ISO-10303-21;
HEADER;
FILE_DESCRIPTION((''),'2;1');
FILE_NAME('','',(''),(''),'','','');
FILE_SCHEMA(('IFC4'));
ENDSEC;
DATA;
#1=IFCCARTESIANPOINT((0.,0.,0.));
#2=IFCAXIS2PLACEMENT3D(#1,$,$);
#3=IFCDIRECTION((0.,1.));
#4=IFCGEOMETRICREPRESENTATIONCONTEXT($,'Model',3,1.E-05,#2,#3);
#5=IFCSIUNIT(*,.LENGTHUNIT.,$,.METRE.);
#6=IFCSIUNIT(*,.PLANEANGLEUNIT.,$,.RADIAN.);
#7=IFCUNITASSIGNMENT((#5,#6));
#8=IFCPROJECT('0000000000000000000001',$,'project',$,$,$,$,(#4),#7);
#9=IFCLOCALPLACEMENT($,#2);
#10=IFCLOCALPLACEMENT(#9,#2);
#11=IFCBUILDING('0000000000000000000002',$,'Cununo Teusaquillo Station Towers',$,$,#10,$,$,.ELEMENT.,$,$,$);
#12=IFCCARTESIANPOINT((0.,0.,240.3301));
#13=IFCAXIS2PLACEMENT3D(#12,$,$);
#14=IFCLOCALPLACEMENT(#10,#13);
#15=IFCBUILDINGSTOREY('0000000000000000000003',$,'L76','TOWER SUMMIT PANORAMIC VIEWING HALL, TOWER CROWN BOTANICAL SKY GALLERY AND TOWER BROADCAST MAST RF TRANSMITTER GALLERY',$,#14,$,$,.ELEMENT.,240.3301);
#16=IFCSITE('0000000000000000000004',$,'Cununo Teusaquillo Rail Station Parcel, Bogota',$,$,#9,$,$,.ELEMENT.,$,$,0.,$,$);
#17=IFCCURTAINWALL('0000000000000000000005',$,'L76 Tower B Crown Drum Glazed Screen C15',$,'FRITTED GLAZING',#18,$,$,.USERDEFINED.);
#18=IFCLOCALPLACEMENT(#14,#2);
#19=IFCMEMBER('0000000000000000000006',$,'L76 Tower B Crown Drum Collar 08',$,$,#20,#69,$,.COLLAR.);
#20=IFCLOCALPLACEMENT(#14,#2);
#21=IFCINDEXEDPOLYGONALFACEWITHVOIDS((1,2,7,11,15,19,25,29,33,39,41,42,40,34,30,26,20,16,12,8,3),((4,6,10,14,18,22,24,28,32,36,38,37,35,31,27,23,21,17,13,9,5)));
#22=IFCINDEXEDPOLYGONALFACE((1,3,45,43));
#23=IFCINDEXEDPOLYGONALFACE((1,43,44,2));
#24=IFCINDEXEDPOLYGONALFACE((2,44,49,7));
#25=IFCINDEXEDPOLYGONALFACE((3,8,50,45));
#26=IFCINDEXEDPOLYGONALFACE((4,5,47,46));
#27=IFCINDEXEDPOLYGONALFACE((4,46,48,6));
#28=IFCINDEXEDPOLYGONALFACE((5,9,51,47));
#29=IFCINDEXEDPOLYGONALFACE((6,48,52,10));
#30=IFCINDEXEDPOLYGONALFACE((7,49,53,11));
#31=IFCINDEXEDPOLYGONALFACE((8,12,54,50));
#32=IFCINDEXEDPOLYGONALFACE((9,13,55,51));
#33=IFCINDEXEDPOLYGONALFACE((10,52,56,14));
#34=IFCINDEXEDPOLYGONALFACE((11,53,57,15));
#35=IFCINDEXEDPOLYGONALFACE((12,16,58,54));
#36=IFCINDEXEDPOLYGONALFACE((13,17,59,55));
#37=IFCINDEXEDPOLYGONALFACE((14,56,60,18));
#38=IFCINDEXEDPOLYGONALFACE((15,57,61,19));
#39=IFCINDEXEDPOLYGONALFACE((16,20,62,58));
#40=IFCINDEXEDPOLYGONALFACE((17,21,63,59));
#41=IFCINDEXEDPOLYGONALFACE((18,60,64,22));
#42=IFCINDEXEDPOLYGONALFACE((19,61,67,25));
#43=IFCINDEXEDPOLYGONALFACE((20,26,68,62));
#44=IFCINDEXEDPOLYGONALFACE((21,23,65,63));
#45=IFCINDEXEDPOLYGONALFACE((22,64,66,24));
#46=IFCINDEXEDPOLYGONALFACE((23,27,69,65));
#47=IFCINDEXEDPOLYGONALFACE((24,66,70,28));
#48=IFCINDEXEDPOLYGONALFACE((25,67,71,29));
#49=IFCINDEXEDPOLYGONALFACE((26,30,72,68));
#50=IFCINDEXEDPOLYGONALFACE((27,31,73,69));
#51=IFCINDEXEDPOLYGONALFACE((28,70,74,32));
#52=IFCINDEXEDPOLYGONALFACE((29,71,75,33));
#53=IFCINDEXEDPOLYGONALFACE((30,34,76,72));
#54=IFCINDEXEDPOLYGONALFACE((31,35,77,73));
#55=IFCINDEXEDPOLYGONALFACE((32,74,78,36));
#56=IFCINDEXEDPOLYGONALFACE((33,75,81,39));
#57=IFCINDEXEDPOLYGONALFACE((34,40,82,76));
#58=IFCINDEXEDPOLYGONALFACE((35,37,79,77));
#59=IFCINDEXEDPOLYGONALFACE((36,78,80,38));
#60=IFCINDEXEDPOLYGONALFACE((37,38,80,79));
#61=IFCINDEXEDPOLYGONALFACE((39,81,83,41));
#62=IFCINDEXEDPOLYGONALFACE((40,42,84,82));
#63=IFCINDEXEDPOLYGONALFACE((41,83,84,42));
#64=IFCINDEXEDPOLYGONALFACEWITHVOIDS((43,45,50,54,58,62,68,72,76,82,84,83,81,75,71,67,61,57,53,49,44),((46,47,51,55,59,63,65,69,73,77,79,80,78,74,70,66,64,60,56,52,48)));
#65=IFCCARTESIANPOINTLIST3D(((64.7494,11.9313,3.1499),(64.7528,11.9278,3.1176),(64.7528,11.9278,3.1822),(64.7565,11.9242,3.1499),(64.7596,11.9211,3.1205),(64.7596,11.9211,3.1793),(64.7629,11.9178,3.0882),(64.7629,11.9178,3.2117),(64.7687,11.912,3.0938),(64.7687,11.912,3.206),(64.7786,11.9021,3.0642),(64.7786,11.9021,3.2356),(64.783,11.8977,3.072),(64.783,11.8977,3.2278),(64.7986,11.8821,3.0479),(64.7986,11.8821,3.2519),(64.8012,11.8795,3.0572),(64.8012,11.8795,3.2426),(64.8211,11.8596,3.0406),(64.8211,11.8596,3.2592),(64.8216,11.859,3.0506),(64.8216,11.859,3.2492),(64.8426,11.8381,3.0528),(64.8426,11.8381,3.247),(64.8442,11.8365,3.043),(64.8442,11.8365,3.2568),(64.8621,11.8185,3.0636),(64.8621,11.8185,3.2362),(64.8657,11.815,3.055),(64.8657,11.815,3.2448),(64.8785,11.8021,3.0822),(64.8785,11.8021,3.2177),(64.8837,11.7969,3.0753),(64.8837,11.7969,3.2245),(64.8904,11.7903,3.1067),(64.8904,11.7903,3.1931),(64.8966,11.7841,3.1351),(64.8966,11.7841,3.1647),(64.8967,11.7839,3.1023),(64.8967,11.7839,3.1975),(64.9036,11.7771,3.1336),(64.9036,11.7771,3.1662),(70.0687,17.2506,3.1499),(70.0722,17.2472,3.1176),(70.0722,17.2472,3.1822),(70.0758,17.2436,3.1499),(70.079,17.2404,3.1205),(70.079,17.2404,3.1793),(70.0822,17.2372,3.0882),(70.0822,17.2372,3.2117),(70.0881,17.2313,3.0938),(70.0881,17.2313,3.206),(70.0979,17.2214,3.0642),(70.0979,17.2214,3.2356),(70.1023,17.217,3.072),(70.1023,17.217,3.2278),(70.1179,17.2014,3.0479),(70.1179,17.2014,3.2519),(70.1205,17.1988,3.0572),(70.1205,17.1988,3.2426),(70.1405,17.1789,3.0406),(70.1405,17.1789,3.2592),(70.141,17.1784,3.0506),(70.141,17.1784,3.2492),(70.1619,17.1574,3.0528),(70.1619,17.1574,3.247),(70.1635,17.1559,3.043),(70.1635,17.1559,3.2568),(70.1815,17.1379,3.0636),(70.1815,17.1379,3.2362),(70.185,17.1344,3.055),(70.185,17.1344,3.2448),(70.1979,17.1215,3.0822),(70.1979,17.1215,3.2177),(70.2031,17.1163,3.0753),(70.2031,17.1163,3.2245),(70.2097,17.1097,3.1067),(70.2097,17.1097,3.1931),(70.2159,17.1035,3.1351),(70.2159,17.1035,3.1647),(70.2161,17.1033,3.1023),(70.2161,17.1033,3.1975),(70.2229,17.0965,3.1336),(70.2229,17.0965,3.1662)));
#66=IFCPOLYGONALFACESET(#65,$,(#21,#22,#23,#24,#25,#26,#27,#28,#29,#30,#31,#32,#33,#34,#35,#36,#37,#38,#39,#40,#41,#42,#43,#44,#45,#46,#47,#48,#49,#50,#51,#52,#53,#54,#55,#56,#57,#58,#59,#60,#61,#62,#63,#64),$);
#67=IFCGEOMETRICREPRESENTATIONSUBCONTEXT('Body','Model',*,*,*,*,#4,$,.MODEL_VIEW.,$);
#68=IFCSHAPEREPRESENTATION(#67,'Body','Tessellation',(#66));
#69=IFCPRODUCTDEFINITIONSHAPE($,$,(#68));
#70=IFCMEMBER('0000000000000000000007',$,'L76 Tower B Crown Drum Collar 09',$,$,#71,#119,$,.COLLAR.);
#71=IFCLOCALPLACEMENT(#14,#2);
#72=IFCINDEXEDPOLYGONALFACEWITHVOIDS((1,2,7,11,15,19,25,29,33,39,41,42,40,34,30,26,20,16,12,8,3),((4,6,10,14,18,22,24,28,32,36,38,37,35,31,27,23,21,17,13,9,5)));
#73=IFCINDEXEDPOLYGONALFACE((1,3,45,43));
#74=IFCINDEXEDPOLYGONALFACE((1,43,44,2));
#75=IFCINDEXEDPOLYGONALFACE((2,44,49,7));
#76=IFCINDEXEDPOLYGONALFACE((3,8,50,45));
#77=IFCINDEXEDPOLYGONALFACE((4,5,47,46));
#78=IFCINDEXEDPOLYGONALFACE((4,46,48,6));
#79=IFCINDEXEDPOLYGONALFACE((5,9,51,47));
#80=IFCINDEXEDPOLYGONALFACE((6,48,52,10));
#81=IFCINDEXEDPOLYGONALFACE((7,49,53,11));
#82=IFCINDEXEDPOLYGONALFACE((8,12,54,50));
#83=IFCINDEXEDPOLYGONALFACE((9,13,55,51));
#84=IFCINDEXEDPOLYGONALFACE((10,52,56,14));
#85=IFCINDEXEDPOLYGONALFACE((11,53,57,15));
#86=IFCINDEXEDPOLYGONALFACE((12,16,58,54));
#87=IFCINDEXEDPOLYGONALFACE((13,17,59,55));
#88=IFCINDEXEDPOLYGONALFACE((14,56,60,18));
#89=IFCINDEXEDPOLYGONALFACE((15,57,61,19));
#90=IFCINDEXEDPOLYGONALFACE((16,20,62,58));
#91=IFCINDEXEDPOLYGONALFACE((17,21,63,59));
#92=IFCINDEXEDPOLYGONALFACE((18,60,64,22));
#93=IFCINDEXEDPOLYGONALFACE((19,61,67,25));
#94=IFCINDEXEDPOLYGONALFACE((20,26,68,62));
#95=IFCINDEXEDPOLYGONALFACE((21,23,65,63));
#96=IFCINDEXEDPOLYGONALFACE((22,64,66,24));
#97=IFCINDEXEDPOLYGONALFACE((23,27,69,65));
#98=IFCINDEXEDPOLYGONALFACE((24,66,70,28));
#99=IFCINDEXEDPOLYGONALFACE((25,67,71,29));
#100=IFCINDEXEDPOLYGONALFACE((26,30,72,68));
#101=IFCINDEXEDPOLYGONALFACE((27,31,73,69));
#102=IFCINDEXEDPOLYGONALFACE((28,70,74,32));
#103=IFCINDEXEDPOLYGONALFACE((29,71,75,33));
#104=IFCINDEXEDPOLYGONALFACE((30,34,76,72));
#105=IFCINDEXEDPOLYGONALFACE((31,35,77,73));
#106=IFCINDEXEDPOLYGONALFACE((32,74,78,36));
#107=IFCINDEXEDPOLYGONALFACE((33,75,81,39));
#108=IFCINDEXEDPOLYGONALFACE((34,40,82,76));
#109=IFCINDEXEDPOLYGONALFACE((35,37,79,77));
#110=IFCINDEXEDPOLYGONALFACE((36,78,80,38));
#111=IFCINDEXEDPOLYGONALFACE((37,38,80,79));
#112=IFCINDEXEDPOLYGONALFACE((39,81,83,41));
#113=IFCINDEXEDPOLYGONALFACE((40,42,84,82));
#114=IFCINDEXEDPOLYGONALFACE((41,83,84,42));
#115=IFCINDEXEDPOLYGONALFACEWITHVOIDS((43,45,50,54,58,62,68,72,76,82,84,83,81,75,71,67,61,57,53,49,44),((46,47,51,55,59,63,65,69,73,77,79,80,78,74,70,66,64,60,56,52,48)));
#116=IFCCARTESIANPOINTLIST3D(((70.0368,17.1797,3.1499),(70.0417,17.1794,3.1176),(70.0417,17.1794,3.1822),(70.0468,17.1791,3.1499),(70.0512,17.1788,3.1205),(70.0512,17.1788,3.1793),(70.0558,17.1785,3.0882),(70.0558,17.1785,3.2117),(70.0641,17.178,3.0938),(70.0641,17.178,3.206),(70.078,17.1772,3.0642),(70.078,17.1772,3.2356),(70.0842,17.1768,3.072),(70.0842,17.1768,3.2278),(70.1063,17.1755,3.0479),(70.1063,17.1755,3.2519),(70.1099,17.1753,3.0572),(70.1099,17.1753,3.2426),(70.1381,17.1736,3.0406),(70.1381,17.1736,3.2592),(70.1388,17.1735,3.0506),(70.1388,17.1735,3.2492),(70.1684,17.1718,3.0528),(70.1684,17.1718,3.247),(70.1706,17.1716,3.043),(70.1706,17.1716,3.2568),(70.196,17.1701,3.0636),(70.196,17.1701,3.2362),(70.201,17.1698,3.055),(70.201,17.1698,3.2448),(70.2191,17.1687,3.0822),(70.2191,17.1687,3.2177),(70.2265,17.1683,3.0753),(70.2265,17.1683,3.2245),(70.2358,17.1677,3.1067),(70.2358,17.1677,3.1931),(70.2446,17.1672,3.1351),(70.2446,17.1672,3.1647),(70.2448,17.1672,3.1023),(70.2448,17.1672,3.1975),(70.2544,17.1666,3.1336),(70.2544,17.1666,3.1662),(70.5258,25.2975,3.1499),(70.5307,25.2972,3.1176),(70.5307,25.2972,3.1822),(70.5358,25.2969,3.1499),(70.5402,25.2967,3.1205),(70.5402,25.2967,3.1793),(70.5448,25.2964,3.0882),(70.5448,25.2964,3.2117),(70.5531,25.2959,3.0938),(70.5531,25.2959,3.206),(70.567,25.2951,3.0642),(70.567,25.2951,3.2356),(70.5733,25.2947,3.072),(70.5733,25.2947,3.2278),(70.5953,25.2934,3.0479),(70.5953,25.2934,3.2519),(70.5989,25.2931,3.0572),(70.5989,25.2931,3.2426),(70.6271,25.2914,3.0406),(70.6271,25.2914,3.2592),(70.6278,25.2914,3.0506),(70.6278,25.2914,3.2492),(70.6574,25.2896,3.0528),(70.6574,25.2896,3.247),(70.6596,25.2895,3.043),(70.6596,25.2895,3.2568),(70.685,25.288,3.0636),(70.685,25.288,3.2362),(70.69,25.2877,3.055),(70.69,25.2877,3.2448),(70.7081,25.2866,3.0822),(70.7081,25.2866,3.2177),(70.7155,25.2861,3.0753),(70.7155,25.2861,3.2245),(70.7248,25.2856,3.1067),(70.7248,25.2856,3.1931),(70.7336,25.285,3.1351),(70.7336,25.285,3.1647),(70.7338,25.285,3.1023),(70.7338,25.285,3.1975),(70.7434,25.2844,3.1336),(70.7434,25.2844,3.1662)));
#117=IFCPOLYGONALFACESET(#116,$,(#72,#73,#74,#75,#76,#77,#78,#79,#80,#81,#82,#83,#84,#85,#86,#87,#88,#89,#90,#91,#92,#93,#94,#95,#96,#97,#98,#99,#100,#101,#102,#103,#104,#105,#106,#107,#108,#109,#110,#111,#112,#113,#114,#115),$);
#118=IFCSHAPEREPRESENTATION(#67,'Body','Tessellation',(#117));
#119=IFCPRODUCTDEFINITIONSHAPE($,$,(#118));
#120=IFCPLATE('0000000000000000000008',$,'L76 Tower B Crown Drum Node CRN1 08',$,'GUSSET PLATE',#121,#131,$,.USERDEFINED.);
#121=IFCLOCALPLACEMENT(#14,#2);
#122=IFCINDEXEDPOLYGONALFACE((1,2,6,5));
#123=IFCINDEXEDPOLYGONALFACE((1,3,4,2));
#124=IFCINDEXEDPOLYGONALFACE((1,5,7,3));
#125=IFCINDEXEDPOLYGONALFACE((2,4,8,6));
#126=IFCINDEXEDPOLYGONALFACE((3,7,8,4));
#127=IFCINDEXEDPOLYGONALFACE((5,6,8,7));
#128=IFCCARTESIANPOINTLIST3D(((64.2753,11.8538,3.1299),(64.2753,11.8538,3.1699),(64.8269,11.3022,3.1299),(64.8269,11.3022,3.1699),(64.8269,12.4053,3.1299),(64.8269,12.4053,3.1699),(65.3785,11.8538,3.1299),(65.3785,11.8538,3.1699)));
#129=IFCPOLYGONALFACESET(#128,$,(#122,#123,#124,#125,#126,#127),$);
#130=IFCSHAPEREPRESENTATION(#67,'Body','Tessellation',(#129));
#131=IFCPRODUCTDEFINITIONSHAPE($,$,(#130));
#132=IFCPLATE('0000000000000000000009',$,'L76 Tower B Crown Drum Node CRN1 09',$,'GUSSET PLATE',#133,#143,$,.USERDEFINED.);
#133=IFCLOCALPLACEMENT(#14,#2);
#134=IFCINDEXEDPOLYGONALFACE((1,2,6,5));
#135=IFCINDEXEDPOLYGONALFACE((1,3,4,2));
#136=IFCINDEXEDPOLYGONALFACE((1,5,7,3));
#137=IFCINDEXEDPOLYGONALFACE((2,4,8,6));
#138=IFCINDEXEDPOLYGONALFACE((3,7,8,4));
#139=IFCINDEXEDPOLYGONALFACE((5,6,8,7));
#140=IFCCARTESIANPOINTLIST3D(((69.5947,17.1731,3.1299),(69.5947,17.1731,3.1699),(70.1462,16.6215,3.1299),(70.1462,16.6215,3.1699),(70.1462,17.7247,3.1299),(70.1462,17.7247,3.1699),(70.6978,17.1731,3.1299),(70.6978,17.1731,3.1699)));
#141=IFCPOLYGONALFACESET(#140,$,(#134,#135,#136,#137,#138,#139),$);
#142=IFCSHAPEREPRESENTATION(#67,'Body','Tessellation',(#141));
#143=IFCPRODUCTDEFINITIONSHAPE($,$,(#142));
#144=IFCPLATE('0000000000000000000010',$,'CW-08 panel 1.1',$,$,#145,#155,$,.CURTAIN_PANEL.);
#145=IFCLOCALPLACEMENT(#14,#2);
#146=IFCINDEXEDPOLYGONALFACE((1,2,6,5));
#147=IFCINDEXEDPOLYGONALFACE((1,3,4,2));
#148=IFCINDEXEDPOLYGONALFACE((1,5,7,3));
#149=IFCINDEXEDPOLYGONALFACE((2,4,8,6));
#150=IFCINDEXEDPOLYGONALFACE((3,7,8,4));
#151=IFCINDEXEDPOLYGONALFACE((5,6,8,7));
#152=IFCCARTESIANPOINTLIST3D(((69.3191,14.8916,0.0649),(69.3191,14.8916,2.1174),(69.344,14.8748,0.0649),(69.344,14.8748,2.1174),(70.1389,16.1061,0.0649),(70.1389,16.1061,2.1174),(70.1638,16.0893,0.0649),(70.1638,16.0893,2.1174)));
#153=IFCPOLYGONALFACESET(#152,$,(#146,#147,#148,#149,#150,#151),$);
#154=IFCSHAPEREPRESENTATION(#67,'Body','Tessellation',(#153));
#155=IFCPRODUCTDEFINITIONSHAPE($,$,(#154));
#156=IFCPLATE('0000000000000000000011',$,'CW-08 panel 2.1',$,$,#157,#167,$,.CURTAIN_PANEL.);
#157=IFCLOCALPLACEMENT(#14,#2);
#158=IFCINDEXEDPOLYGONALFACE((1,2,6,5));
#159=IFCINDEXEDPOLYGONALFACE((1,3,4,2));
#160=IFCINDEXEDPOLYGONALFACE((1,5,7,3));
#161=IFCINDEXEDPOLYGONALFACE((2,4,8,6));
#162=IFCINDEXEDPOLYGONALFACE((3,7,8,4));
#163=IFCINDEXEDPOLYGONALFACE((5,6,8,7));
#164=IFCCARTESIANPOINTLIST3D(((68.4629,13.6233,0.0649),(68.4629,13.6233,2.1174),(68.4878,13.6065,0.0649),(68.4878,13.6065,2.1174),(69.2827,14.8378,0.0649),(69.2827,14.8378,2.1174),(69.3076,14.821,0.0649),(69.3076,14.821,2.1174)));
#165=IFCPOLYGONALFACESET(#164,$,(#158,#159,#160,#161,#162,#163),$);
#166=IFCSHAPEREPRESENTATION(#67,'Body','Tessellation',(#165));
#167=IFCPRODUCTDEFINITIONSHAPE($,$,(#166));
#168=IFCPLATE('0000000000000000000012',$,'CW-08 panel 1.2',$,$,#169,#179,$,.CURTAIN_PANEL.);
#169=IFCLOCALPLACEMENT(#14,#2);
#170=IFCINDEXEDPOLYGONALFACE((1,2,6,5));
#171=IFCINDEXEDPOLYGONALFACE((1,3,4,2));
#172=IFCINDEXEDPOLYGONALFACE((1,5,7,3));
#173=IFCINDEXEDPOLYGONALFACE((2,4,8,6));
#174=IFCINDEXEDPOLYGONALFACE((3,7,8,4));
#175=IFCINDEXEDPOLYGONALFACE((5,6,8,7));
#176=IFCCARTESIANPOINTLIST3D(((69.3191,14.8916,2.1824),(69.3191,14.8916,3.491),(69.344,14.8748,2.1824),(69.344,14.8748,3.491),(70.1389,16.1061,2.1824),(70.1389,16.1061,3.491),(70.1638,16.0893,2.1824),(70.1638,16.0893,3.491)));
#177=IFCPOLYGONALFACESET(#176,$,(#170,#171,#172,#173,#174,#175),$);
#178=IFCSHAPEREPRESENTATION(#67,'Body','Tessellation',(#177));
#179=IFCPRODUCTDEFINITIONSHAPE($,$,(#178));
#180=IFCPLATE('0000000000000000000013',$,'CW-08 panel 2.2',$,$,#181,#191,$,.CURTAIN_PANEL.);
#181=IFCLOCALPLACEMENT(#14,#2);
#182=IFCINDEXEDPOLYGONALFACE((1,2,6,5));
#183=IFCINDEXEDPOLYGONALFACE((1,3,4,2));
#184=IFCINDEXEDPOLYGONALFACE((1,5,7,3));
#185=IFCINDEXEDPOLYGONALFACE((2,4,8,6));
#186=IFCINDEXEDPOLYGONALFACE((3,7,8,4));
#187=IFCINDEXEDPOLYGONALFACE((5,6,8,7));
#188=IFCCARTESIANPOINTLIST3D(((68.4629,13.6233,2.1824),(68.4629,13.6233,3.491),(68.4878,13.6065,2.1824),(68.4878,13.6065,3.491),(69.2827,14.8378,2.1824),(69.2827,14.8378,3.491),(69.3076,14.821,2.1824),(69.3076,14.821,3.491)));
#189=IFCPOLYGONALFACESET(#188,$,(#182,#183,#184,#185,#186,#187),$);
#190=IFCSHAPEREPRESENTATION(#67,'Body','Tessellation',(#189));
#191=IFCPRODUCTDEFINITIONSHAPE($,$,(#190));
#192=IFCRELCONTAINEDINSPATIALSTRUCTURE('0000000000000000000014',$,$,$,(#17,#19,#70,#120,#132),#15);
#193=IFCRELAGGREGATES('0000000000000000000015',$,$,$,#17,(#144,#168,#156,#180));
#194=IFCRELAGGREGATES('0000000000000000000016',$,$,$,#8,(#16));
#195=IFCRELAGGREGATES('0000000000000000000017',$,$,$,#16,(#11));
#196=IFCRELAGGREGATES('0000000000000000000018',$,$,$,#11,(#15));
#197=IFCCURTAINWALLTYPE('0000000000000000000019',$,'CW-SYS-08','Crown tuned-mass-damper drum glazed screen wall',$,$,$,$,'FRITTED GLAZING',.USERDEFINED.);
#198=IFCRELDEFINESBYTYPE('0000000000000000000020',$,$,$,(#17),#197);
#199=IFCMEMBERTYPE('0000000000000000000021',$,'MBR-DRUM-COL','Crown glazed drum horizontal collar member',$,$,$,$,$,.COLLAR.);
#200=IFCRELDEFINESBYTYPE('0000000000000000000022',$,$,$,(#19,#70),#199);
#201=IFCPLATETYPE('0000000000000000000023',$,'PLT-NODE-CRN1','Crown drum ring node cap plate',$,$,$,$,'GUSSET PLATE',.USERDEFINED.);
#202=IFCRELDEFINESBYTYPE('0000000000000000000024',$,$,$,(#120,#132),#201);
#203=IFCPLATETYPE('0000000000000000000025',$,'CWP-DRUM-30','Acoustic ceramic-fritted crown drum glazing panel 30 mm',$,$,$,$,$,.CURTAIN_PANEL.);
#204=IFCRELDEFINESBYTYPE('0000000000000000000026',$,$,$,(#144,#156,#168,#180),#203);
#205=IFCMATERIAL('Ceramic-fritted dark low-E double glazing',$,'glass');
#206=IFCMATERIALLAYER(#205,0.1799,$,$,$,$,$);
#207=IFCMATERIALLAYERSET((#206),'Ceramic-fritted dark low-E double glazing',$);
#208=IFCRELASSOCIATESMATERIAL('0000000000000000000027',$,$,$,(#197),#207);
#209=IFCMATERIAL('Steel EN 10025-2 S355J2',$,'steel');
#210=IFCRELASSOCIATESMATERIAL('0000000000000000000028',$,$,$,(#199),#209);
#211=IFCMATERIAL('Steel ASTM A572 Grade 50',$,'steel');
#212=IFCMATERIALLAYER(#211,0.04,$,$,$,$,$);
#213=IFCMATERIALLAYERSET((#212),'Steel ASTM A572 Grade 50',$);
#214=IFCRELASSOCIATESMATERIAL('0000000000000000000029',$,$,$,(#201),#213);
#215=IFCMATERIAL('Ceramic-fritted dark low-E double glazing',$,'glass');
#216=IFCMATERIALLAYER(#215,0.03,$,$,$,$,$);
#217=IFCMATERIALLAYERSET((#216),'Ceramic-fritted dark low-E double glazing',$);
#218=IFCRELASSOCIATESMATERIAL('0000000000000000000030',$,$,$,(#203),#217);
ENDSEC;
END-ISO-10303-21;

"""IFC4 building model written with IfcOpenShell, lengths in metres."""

from ifc_helpers import new_model, si_unit, direction, frame, origin, origin_2d, place, context, subcontext, project, spatial, rectangle, hollow_circle, extrude, source, transform, mapped, material, layer, layer_set, material_profile, profile_set, type_object, element, aggregate, save


model = new_model("IFC4")

# Units and contexts
model_context = context("Model", 3, precision=1e-05, world=origin(), true_north=direction((0.0, 1.0)))
body_context = subcontext(model_context, "Body", "Model", "MODEL_VIEW")
ifc_project = project(units=[si_unit("LENGTHUNIT", "METRE"), si_unit("PLANEANGLEUNIT", "RADIAN")], contexts=[model_context])

# Site, building, storey
site_placement = place(None, origin())
site = spatial("IfcSite", under=ifc_project, at=site_placement, Name="Cununo Teusaquillo Rail Station Parcel, Bogota", CompositionType="ELEMENT", RefElevation=0.0)
building_placement = place(site_placement, origin())
building = spatial("IfcBuilding", under=site, at=building_placement, Name="Cununo Teusaquillo Station Towers", CompositionType="ELEMENT")
storey_placement = place(building_placement, frame((0.0, 0.0, 240.3301)))
storey = spatial("IfcBuildingStorey", under=building, at=storey_placement, Name="L76", Description="TOWER SUMMIT PANORAMIC VIEWING HALL, TOWER CROWN BOTANICAL SKY GALLERY AND TOWER BROADCAST MAST RF TRANSMITTER GALLERY", CompositionType="ELEMENT", Elevation=240.3301)

# Curtain wall
ifc_material_1 = material(Name="Ceramic-fritted dark low-E double glazing", Category="glass")
ifc_layer_1 = layer(ifc_material_1, 0.1799)
ifc_layer_set_1 = layer_set([ifc_layer_1], Name="Ceramic-fritted dark low-E double glazing")
curtain_wall_type = type_object("IfcCurtainWallType", Name="CW-SYS-08", Description="Crown tuned-mass-damper drum glazed screen wall", ElementType="FRITTED GLAZING", PredefinedType="USERDEFINED", material=ifc_layer_set_1)
curtain_wall_placement = place(storey_placement, origin())
curtain_wall = element("IfcCurtainWall", 1, at=curtain_wall_placement, inside=storey, type_object=curtain_wall_type, Name="L76 Tower B Crown Drum Glazed Screen C15", ObjectType="FRITTED GLAZING", PredefinedType="USERDEFINED")

# Members
ifc_material_2 = material(Name="Steel EN 10025-2 S355J2", Category="steel")
ifc_material_profile_1 = material_profile(ifc_material_2, hollow_circle(Radius=0.1096, WallThickness=0.01, at=origin_2d()), Name="CHS 219x10")
ifc_profile_set_1 = profile_set([ifc_material_profile_1], Name="Steel EN 10025-2 S355J2")
member_type_1 = type_object("IfcMemberType", Name="MBR-DRUM-COL", Description="Crown glazed drum horizontal collar member", PredefinedType="COLLAR", material=ifc_profile_set_1)
member_1_placement = place(storey_placement, frame((64.8269, 11.8538, 3.1499), z_axis=(0.707107, 0.707107, 0.0), x_axis=(-0.707107, 0.707107, 0.0)))
element("IfcMember", 2, at=member_1_placement, inside=storey, type_object=member_type_1, Name="L76 Tower B Crown Drum Collar 08", PredefinedType="COLLAR", context=body_context, shape_type="SweptSolid", body=[
    extrude(hollow_circle(Radius=0.1096, WallThickness=0.01, at=origin_2d()), origin(), (0.0, 0.0, 1.0), 7.5227),
])
member_2_placement = place(storey_placement, frame((70.1462, 17.1731, 3.1499), z_axis=(0.06013, 0.998191, 0.0), x_axis=(-0.998191, 0.06013, 0.0)))
element("IfcMember", 3, at=member_2_placement, inside=storey, type_object=member_type_1, Name="L76 Tower B Crown Drum Collar 09", PredefinedType="COLLAR", context=body_context, shape_type="SweptSolid", body=[
    extrude(hollow_circle(Radius=0.1096, WallThickness=0.01, at=origin_2d()), origin(), (0.0, 0.0, 1.0), 8.1326),
])

# Plates
ifc_material_3 = material(Name="Steel ASTM A572 Grade 50", Category="steel")
ifc_layer_2 = layer(ifc_material_3, 0.04)
ifc_layer_set_2 = layer_set([ifc_layer_2], Name="Steel ASTM A572 Grade 50")
plate_type_1 = type_object("IfcPlateType", Name="PLT-NODE-CRN1", Description="Crown drum ring node cap plate", ElementType="GUSSET PLATE", PredefinedType="USERDEFINED", material=ifc_layer_set_2)
shared_shape_1 = source(origin(), body_context, "Body", "SweptSolid", [
    extrude(rectangle(XDim=0.78, YDim=0.78, at=origin_2d()), origin(), (0.0, 0.0, 1.0), 0.04),
])
for number, where, z_axis, x_axis, name in (
    (4, (64.8269, 11.8538, 3.1299), (0.0, 0.0, 1.0), (0.707107, 0.707107, 0.0), "L76 Tower B Crown Drum Node CRN1 08"),
    (5, (70.1462, 17.1731, 3.1299), (0.0, 0.0, 1.0), (0.707107, 0.707107, 0.0), "L76 Tower B Crown Drum Node CRN1 09"),
):
    element("IfcPlate", number, at=place(storey_placement, frame(where, z_axis=z_axis, x_axis=x_axis)), inside=storey, type_object=plate_type_1, Name=name, ObjectType="GUSSET PLATE", PredefinedType="USERDEFINED", context=body_context, shape_type="MappedRepresentation", body=[
        mapped(shared_shape_1, transform((0.0, 0.0, 0.0), x_axis=(1.0, 0.0, 0.0), y_axis=(0.0, 1.0, 0.0), z_axis=(0.0, 0.0, 1.0), scale=1.0)),
    ])

# Plates
ifc_material_4 = material(Name="Ceramic-fritted dark low-E double glazing", Category="glass")
ifc_layer_3 = layer(ifc_material_4, 0.03)
ifc_layer_set_3 = layer_set([ifc_layer_3], Name="Ceramic-fritted dark low-E double glazing")
plate_type_2 = type_object("IfcPlateType", Name="CWP-DRUM-30", Description="Acoustic ceramic-fritted crown drum glazing panel 30 mm", PredefinedType="CURTAIN_PANEL", material=ifc_layer_set_3)
shared_shape_2 = source(origin(), body_context, "Body", "SweptSolid", [
    extrude(rectangle(XDim=1.4653, YDim=0.03, at=origin_2d()), origin(), (0.0, 0.0, 1.0), 2.0525),
])
plate_1_placement = place(storey_placement, frame((69.7415, 15.4905, 0.0649), z_axis=(0.0, 0.0, 1.0), x_axis=(-0.559505, -0.828827, 0.0)))
plate_1 = element("IfcPlate", 6, at=plate_1_placement, type_object=plate_type_2, Name="CW-08 panel 1.1", PredefinedType="CURTAIN_PANEL", context=body_context, shape_type="MappedRepresentation", body=[
    mapped(shared_shape_2, transform((0.0, 0.0, 0.0), x_axis=(1.0, 0.0, 0.0), y_axis=(0.0, 1.0, 0.0), z_axis=(0.0, 0.0, 1.0), scale=1.0)),
])
plate_2_placement = place(storey_placement, frame((68.8853, 14.2222, 0.0649), z_axis=(0.0, 0.0, 1.0), x_axis=(-0.559505, -0.828827, 0.0)))
plate_2 = element("IfcPlate", 7, at=plate_2_placement, type_object=plate_type_2, Name="CW-08 panel 2.1", PredefinedType="CURTAIN_PANEL", context=body_context, shape_type="MappedRepresentation", body=[
    mapped(shared_shape_2, transform((0.0, 0.0, 0.0), x_axis=(1.0, 0.0, 0.0), y_axis=(0.0, 1.0, 0.0), z_axis=(0.0, 0.0, 1.0), scale=1.0)),
])
shared_shape_3 = source(origin(), body_context, "Body", "SweptSolid", [
    extrude(rectangle(XDim=1.4653, YDim=0.03, at=origin_2d()), origin(), (0.0, 0.0, 1.0), 1.3086),
])
plate_3_placement = place(storey_placement, frame((69.7415, 15.4905, 2.1824), z_axis=(0.0, 0.0, 1.0), x_axis=(-0.559505, -0.828827, 0.0)))
plate_3 = element("IfcPlate", 8, at=plate_3_placement, type_object=plate_type_2, Name="CW-08 panel 1.2", PredefinedType="CURTAIN_PANEL", context=body_context, shape_type="MappedRepresentation", body=[
    mapped(shared_shape_3, transform((0.0, 0.0, 0.0), x_axis=(1.0, 0.0, 0.0), y_axis=(0.0, 1.0, 0.0), z_axis=(0.0, 0.0, 1.0), scale=1.0)),
])
plate_4_placement = place(storey_placement, frame((68.8853, 14.2222, 2.1824), z_axis=(0.0, 0.0, 1.0), x_axis=(-0.559505, -0.828827, 0.0)))
plate_4 = element("IfcPlate", 9, at=plate_4_placement, type_object=plate_type_2, Name="CW-08 panel 2.2", PredefinedType="CURTAIN_PANEL", context=body_context, shape_type="MappedRepresentation", body=[
    mapped(shared_shape_3, transform((0.0, 0.0, 0.0), x_axis=(1.0, 0.0, 0.0), y_axis=(0.0, 1.0, 0.0), z_axis=(0.0, 0.0, 1.0), scale=1.0)),
])
aggregate(curtain_wall, [plate_1, plate_3, plate_2, plate_4])

save(model, "model.ifc")
